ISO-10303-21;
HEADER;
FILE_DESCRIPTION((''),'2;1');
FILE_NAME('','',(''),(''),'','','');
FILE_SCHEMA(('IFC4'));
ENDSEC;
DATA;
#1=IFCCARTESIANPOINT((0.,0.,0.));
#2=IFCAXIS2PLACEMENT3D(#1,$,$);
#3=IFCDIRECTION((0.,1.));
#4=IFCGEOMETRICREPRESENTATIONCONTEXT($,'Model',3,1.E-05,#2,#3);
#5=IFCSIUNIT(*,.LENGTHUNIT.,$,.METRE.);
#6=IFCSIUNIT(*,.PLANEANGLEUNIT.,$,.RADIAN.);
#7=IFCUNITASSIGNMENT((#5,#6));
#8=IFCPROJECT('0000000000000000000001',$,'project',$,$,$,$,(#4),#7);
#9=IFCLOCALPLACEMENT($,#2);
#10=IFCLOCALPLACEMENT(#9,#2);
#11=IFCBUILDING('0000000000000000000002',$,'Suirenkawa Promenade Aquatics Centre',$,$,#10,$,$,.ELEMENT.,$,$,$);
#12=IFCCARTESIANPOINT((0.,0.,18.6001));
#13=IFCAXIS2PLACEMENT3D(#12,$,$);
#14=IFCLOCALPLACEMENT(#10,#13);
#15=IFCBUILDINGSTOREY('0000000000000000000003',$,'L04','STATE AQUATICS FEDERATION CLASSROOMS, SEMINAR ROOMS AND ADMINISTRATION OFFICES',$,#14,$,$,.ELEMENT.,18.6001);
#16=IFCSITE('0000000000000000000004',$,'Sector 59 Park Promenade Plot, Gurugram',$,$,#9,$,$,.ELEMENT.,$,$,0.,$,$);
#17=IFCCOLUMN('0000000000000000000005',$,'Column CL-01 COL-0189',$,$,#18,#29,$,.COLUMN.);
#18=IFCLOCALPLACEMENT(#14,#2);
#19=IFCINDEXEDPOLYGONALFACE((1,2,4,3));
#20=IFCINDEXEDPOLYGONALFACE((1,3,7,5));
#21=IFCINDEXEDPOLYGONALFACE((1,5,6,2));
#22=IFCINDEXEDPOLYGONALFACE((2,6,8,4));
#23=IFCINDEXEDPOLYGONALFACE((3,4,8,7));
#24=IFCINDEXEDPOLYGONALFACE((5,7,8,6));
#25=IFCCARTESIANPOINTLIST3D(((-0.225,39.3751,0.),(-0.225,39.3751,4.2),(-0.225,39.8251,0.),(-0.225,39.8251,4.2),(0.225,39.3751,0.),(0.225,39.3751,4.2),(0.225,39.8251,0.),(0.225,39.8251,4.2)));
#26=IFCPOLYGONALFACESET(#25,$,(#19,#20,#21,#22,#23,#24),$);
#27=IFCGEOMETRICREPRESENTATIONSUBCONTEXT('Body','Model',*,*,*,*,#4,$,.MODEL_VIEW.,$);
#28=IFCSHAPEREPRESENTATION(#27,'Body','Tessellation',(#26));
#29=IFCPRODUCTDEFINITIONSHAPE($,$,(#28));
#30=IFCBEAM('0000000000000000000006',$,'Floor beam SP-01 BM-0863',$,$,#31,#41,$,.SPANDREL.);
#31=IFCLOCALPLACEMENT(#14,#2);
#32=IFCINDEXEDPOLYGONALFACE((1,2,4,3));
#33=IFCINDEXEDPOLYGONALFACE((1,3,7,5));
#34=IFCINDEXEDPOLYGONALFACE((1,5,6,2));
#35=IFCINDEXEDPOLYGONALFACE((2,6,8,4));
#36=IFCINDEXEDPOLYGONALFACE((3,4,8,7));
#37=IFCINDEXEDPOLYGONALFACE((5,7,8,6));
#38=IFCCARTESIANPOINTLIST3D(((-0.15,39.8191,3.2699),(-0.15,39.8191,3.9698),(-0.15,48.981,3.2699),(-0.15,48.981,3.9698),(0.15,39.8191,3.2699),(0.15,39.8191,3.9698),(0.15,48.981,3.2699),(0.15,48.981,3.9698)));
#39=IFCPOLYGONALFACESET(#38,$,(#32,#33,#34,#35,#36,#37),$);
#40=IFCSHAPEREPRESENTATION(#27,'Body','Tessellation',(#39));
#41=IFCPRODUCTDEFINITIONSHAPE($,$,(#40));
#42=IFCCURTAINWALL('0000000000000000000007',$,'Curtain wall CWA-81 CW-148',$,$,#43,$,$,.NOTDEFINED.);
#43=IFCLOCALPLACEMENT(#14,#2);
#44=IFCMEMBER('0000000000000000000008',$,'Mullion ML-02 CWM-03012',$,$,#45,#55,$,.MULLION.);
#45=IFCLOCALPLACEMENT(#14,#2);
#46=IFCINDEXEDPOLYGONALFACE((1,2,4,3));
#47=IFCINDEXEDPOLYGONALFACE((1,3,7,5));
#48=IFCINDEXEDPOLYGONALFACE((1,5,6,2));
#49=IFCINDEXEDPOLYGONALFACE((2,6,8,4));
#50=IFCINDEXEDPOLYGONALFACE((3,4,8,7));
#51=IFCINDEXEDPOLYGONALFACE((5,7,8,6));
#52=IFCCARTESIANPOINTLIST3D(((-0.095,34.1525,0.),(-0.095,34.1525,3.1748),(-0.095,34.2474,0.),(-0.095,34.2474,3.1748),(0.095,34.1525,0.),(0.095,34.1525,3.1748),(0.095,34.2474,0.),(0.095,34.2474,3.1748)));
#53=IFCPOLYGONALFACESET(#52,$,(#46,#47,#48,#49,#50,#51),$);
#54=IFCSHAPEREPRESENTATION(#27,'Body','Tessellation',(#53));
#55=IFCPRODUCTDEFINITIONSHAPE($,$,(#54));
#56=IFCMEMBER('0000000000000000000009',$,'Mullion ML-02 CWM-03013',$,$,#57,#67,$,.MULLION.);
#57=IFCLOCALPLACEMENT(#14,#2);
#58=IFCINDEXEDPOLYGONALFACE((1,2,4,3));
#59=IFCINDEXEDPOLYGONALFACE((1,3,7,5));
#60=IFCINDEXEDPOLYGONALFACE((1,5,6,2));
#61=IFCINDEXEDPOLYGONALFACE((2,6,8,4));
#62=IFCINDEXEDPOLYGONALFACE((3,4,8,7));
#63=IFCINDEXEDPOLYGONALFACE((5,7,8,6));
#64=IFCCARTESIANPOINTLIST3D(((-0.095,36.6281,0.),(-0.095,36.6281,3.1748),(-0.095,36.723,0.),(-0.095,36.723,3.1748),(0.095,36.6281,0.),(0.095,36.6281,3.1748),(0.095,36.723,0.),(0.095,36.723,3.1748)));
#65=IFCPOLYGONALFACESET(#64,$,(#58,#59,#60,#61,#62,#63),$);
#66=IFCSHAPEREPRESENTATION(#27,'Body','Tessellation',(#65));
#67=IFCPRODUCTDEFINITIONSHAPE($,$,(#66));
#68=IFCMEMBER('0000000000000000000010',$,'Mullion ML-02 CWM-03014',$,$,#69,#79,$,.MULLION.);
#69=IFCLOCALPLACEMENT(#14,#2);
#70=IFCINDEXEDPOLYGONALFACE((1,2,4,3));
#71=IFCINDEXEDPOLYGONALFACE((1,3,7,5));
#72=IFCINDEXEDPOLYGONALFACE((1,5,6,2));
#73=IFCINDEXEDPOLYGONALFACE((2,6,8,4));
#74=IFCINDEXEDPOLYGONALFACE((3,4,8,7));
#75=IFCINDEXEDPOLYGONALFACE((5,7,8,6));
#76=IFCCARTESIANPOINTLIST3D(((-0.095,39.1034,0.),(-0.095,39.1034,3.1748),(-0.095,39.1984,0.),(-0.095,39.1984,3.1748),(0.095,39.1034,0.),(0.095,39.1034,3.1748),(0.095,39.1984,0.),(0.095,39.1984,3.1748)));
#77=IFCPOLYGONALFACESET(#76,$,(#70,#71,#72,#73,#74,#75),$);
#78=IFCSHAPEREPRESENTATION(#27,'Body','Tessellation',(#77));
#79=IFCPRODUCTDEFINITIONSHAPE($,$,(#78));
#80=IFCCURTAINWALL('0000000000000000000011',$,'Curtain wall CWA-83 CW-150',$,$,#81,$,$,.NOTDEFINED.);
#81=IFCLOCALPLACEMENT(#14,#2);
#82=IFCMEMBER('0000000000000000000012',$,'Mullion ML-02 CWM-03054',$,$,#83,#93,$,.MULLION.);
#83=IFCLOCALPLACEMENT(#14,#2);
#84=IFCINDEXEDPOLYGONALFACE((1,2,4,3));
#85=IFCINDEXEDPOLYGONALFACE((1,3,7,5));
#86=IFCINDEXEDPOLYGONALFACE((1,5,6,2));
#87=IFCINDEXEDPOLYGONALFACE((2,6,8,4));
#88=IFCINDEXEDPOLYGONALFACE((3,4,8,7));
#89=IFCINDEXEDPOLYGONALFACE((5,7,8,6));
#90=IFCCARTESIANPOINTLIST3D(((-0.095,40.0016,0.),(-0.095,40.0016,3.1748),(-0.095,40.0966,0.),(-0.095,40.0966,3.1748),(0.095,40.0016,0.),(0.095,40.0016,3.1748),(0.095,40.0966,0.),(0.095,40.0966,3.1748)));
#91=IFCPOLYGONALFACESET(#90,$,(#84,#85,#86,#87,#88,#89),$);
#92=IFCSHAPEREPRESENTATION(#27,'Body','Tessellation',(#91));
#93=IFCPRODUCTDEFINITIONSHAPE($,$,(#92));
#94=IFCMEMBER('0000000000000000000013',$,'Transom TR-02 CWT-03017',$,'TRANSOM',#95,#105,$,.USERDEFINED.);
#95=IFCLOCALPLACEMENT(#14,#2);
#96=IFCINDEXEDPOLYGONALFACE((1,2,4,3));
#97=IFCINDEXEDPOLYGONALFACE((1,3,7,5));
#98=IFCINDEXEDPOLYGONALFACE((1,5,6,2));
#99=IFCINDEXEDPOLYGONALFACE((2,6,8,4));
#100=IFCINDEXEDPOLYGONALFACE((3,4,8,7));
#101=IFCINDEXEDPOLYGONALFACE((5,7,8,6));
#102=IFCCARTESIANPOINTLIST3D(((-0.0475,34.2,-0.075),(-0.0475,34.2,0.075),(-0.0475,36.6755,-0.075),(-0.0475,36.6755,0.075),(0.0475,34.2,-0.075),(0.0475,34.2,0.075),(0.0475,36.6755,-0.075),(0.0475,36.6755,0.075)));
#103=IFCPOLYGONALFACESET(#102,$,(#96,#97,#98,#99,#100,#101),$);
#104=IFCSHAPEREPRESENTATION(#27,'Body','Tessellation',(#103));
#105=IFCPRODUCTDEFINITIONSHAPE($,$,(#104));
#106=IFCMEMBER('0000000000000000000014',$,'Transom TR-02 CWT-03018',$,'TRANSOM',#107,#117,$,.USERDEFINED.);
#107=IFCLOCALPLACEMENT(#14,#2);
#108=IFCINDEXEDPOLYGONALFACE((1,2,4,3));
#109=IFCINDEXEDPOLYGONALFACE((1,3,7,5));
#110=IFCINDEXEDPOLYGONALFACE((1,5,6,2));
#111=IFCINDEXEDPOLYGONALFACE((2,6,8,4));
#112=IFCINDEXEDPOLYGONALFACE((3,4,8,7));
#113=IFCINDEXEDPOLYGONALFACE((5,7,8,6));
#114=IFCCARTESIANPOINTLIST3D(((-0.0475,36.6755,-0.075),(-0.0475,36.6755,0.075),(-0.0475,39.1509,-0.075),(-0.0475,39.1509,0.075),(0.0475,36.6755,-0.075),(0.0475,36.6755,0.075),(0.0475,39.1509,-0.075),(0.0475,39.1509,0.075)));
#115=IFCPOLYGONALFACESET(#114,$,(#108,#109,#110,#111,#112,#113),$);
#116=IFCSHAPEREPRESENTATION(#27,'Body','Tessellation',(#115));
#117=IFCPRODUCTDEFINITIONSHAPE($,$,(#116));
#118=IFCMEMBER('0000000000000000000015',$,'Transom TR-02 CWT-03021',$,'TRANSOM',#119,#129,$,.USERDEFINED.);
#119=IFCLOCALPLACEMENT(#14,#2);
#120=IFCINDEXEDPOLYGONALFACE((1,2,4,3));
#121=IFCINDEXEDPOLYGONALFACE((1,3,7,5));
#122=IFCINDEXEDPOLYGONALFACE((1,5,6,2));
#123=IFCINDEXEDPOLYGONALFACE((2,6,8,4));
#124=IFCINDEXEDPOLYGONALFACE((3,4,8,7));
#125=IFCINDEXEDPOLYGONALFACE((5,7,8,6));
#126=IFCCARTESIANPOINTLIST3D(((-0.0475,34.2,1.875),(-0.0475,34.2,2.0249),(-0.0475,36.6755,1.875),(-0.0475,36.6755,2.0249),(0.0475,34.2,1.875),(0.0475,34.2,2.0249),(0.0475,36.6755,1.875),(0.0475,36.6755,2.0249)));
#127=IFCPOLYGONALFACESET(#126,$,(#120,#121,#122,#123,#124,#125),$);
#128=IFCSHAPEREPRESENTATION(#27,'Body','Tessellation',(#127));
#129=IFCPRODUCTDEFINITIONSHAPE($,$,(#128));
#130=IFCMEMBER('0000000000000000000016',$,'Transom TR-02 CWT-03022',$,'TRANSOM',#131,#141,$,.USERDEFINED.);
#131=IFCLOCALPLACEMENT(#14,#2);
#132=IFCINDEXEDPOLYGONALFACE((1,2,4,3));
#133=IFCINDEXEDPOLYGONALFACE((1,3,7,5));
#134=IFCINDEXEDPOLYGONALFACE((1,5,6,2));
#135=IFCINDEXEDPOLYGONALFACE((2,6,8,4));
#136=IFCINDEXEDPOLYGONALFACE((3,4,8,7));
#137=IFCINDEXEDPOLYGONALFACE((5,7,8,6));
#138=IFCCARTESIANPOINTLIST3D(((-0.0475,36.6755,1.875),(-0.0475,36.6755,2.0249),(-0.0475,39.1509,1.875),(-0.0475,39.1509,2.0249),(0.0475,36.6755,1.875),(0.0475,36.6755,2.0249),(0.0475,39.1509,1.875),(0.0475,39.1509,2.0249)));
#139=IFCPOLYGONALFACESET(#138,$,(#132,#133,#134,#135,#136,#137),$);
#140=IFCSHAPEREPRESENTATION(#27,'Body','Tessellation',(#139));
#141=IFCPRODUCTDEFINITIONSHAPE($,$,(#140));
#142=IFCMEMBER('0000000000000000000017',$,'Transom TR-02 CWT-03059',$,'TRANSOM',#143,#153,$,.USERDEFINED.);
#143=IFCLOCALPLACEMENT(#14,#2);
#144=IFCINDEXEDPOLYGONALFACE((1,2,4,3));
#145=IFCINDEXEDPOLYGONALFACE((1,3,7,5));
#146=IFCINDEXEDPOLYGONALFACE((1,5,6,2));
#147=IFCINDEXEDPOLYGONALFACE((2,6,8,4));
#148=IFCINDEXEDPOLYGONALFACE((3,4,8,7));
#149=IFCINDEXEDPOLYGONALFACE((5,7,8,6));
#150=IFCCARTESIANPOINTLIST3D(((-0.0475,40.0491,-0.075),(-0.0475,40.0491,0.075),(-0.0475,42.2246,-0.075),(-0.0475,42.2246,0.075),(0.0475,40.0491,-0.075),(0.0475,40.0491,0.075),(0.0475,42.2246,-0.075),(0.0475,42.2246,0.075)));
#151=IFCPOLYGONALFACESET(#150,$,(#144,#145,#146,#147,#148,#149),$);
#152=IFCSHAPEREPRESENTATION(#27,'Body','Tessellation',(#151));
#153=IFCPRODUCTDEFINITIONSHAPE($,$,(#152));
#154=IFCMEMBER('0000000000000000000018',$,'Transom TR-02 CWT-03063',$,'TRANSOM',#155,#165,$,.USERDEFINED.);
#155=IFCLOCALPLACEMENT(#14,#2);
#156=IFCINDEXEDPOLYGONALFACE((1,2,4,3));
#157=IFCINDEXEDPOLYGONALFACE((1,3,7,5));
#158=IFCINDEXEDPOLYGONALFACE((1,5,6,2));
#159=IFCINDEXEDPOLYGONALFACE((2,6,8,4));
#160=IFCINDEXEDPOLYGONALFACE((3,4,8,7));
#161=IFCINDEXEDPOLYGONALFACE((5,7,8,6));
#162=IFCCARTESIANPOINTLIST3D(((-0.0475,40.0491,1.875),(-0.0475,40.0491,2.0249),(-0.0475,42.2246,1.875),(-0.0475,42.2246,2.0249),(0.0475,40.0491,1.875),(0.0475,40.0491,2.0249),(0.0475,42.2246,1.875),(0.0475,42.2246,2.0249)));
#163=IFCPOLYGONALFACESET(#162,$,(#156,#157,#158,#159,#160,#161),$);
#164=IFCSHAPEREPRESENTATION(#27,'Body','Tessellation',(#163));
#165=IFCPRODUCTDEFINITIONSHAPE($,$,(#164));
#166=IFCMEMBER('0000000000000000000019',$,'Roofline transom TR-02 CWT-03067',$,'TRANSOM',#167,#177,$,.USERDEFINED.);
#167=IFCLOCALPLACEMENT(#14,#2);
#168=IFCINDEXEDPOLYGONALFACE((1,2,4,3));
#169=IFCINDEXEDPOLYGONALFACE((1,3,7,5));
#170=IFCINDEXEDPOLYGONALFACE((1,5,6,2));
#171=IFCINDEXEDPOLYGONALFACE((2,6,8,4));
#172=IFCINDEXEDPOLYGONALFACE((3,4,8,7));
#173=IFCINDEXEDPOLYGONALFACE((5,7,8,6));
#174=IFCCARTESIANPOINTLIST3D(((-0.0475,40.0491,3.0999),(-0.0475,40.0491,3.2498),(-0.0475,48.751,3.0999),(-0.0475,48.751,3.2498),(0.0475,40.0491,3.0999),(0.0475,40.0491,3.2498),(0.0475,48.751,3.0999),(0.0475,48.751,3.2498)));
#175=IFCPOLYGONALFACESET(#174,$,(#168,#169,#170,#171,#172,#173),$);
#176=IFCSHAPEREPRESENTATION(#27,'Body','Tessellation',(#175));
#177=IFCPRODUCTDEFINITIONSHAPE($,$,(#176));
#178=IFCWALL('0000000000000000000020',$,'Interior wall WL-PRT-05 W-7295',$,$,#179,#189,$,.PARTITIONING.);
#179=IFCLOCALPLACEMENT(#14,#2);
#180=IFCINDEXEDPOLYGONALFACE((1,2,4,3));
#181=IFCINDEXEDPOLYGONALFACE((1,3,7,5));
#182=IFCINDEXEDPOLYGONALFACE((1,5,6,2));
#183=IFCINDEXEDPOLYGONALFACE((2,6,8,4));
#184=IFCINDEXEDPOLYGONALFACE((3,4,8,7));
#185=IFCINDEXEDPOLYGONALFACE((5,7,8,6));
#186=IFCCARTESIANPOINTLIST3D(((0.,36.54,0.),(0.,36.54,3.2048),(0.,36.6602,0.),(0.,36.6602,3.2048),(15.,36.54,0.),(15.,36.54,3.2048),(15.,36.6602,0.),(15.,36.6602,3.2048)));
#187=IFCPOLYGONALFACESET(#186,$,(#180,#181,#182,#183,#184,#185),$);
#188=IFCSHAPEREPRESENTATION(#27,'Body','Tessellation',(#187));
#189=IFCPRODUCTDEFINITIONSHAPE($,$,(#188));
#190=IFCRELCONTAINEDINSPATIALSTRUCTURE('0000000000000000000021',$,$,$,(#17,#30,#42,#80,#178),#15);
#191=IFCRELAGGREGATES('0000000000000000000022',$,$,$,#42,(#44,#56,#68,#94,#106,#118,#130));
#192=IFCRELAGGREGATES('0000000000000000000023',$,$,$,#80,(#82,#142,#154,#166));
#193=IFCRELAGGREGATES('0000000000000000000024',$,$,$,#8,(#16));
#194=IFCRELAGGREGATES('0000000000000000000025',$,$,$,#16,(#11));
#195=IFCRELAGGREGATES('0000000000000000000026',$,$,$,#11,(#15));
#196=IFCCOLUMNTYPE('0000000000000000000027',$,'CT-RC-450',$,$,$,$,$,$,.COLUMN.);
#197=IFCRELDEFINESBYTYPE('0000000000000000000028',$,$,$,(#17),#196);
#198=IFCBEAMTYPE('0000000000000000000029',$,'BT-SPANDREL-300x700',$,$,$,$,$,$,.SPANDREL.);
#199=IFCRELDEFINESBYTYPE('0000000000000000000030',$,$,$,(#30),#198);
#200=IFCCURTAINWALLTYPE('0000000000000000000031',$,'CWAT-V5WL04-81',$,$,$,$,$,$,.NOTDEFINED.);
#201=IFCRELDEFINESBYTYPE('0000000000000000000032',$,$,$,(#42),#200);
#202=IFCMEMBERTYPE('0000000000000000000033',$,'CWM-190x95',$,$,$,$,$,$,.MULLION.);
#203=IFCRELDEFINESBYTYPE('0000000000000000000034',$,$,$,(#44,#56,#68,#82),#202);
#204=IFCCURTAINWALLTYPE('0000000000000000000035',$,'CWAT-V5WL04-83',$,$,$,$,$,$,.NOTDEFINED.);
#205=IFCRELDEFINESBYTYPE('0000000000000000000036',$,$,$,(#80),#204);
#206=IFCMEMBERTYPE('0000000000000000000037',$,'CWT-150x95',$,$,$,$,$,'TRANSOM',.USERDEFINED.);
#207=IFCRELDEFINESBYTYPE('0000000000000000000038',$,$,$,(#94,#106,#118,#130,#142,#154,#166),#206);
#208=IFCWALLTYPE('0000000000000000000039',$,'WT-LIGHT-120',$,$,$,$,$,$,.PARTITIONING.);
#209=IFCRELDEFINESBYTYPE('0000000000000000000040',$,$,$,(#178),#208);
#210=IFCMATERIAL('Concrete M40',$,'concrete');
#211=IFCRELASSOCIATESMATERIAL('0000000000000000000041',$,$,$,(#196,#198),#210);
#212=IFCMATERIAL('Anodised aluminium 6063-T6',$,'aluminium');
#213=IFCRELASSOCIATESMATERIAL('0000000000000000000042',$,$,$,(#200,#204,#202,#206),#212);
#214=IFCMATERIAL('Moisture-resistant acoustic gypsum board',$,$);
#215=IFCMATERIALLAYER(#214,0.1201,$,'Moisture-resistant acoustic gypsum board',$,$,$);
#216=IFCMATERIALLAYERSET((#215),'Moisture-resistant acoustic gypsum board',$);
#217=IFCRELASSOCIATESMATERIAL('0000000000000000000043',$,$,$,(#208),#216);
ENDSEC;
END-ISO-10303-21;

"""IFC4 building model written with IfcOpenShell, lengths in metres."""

from ifc_helpers import new_model, si_unit, direction, frame, frame_2d, origin, origin_2d, place, context, subcontext, project, spatial, rectangle, extrude, material, layer, layer_set, material_profile, profile_set, type_object, element, aggregate, save


model = new_model("IFC4")

# Units and contexts
model_context = context("Model", 3, precision=1e-05, world=origin(), true_north=direction((0.0, 1.0)))
body_context = subcontext(model_context, "Body", "Model", "MODEL_VIEW")
ifc_project = project(units=[si_unit("LENGTHUNIT", "METRE"), si_unit("PLANEANGLEUNIT", "RADIAN")], contexts=[model_context])

# Site, building, storey
site_placement = place(None, origin())
site = spatial("IfcSite", under=ifc_project, at=site_placement, Name="Sector 59 Park Promenade Plot, Gurugram", CompositionType="ELEMENT", RefElevation=0.0)
building_placement = place(site_placement, origin())
building = spatial("IfcBuilding", under=site, at=building_placement, Name="Suirenkawa Promenade Aquatics Centre", CompositionType="ELEMENT")
storey_placement = place(building_placement, frame((0.0, 0.0, 18.6001)))
storey = spatial("IfcBuildingStorey", under=building, at=storey_placement, Name="L04", Description="STATE AQUATICS FEDERATION CLASSROOMS, SEMINAR ROOMS AND ADMINISTRATION OFFICES", CompositionType="ELEMENT", Elevation=18.6001)

# Column
ifc_material_1 = material(Name="Concrete M40", Category="concrete")
ifc_material_profile_1 = material_profile(ifc_material_1, rectangle(XDim=0.45, YDim=0.45, at=origin_2d()), Name="RC COL 450x450", Category="concrete")
ifc_profile_set_1 = profile_set([ifc_material_profile_1], Name="Concrete M40")
column_type = type_object("IfcColumnType", Name="CT-RC-450", PredefinedType="COLUMN", material=ifc_profile_set_1)
column_placement = place(storey_placement, frame((0.0, 39.6001, 0.0), z_axis=(0.0, 0.0, 1.0), x_axis=(1.0, 0.0, 0.0)))
element("IfcColumn", 1, at=column_placement, inside=storey, type_object=column_type, Name="Column CL-01 COL-0189", PredefinedType="COLUMN", context=body_context, shape_type="SweptSolid", body=[
    extrude(rectangle(XDim=0.45, YDim=0.45, at=origin_2d()), origin(), (0.0, 0.0, 1.0), 4.2),
])

# Beam
ifc_material_profile_2 = material_profile(ifc_material_1, rectangle(XDim=0.3, YDim=0.7, at=origin_2d()), Name="RC SPANDREL 300x700", Category="concrete")
ifc_profile_set_2 = profile_set([ifc_material_profile_2], Name="Concrete M40")
beam_type = type_object("IfcBeamType", Name="BT-SPANDREL-300x700", PredefinedType="SPANDREL", material=ifc_profile_set_2)
beam_placement = place(storey_placement, frame((0.0, 39.8191, 3.6199), z_axis=(0.0, 1.0, 0.0), x_axis=(-1.0, 0.0, 0.0)))
element("IfcBeam", 2, at=beam_placement, inside=storey, type_object=beam_type, Name="Floor beam SP-01 BM-0863", PredefinedType="SPANDREL", context=body_context, shape_type="SweptSolid", body=[
    extrude(rectangle(XDim=0.3, YDim=0.7, at=origin_2d()), origin(), (0.0, 0.0, 1.0), 9.1619),
])

# Curtain wall, members
ifc_material_2 = material(Name="Anodised aluminium 6063-T6", Category="aluminium")
curtain_wall_type_1 = type_object("IfcCurtainWallType", Name="CWAT-V5WL04-81", PredefinedType="NOTDEFINED", material=ifc_material_2)
curtain_wall_1_placement = place(storey_placement, origin())
curtain_wall_1 = element("IfcCurtainWall", 3, at=curtain_wall_1_placement, inside=storey, type_object=curtain_wall_type_1, Name="Curtain wall CWA-81 CW-148", PredefinedType="NOTDEFINED")
ifc_material_profile_3 = material_profile(ifc_material_2, rectangle(XDim=0.095, YDim=0.1899, at=origin_2d()), Name="ALU MULL 95x190", Category="aluminium")
ifc_profile_set_3 = profile_set([ifc_material_profile_3], Name="Anodised aluminium 6063-T6")
member_type_1 = type_object("IfcMemberType", Name="CWM-190x95", PredefinedType="MULLION", material=ifc_profile_set_3)
member_1_placement = place(storey_placement, frame((0.0, 34.2, 0.0), z_axis=(0.0, 0.0, 1.0), x_axis=(0.0, 1.0, 0.0)))
member_1 = element("IfcMember", 4, at=member_1_placement, type_object=member_type_1, Name="Mullion ML-02 CWM-03012", PredefinedType="MULLION", context=body_context, shape_type="SweptSolid", body=[
    extrude(rectangle(XDim=0.095, YDim=0.1899, at=origin_2d()), origin(), (0.0, 0.0, 1.0), 3.1748),
])
member_2_placement = place(storey_placement, frame((0.0, 36.6755, 0.0), z_axis=(0.0, 0.0, 1.0), x_axis=(0.0, 1.0, 0.0)))
member_2 = element("IfcMember", 5, at=member_2_placement, type_object=member_type_1, Name="Mullion ML-02 CWM-03013", PredefinedType="MULLION", context=body_context, shape_type="SweptSolid", body=[
    extrude(rectangle(XDim=0.095, YDim=0.1899, at=origin_2d()), origin(), (0.0, 0.0, 1.0), 3.1748),
])
member_3_placement = place(storey_placement, frame((0.0, 39.1509, 0.0), z_axis=(0.0, 0.0, 1.0), x_axis=(0.0, 1.0, 0.0)))
member_3 = element("IfcMember", 6, at=member_3_placement, type_object=member_type_1, Name="Mullion ML-02 CWM-03014", PredefinedType="MULLION", context=body_context, shape_type="SweptSolid", body=[
    extrude(rectangle(XDim=0.095, YDim=0.1899, at=origin_2d()), origin(), (0.0, 0.0, 1.0), 3.1748),
])

# Curtain wall, member
curtain_wall_type_2 = type_object("IfcCurtainWallType", Name="CWAT-V5WL04-83", PredefinedType="NOTDEFINED", material=ifc_material_2)
curtain_wall_2_placement = place(storey_placement, origin())
curtain_wall_2 = element("IfcCurtainWall", 7, at=curtain_wall_2_placement, inside=storey, type_object=curtain_wall_type_2, Name="Curtain wall CWA-83 CW-150", PredefinedType="NOTDEFINED")
member_4_placement = place(storey_placement, frame((0.0, 40.0491, 0.0), z_axis=(0.0, 0.0, 1.0), x_axis=(0.0, 1.0, 0.0)))
member_4 = element("IfcMember", 8, at=member_4_placement, type_object=member_type_1, Name="Mullion ML-02 CWM-03054", PredefinedType="MULLION", context=body_context, shape_type="SweptSolid", body=[
    extrude(rectangle(XDim=0.095, YDim=0.1899, at=origin_2d()), origin(), (0.0, 0.0, 1.0), 3.1748),
])

# Members
ifc_material_profile_4 = material_profile(ifc_material_2, rectangle(XDim=0.095, YDim=0.1499, at=origin_2d()), Name="ALU TRAN 95x150", Category="aluminium")
ifc_profile_set_4 = profile_set([ifc_material_profile_4], Name="Anodised aluminium 6063-T6")
member_type_2 = type_object("IfcMemberType", Name="CWT-150x95", ElementType="TRANSOM", PredefinedType="USERDEFINED", material=ifc_profile_set_4)
member_5_placement = place(storey_placement, frame((0.0, 34.2, 0.0), z_axis=(0.0, 1.0, 0.0), x_axis=(-1.0, 0.0, 0.0)))
member_5 = element("IfcMember", 9, at=member_5_placement, type_object=member_type_2, Name="Transom TR-02 CWT-03017", ObjectType="TRANSOM", PredefinedType="USERDEFINED", context=body_context, shape_type="SweptSolid", body=[
    extrude(rectangle(XDim=0.095, YDim=0.1499, at=origin_2d()), origin(), (0.0, 0.0, 1.0), 2.4756),
])
member_6_placement = place(storey_placement, frame((0.0, 36.6755, 0.0), z_axis=(0.0, 1.0, 0.0), x_axis=(-1.0, 0.0, 0.0)))
member_6 = element("IfcMember", 10, at=member_6_placement, type_object=member_type_2, Name="Transom TR-02 CWT-03018", ObjectType="TRANSOM", PredefinedType="USERDEFINED", context=body_context, shape_type="SweptSolid", body=[
    extrude(rectangle(XDim=0.095, YDim=0.1499, at=origin_2d()), origin(), (0.0, 0.0, 1.0), 2.4753),
])
member_7_placement = place(storey_placement, frame((0.0, 34.2, 1.95), z_axis=(0.0, 1.0, 0.0), x_axis=(-1.0, 0.0, 0.0)))
member_7 = element("IfcMember", 11, at=member_7_placement, type_object=member_type_2, Name="Transom TR-02 CWT-03021", ObjectType="TRANSOM", PredefinedType="USERDEFINED", context=body_context, shape_type="SweptSolid", body=[
    extrude(rectangle(XDim=0.095, YDim=0.1499, at=origin_2d()), origin(), (0.0, 0.0, 1.0), 2.4756),
])
member_8_placement = place(storey_placement, frame((0.0, 36.6755, 1.95), z_axis=(0.0, 1.0, 0.0), x_axis=(-1.0, 0.0, 0.0)))
member_8 = element("IfcMember", 12, at=member_8_placement, type_object=member_type_2, Name="Transom TR-02 CWT-03022", ObjectType="TRANSOM", PredefinedType="USERDEFINED", context=body_context, shape_type="SweptSolid", body=[
    extrude(rectangle(XDim=0.095, YDim=0.1499, at=origin_2d()), origin(), (0.0, 0.0, 1.0), 2.4753),
])
member_9_placement = place(storey_placement, frame((0.0, 40.0491, 0.0), z_axis=(0.0, 1.0, 0.0), x_axis=(-1.0, 0.0, 0.0)))
member_9 = element("IfcMember", 13, at=member_9_placement, type_object=member_type_2, Name="Transom TR-02 CWT-03059", ObjectType="TRANSOM", PredefinedType="USERDEFINED", context=body_context, shape_type="SweptSolid", body=[
    extrude(rectangle(XDim=0.095, YDim=0.1499, at=origin_2d()), origin(), (0.0, 0.0, 1.0), 2.1755),
])
member_10_placement = place(storey_placement, frame((0.0, 40.0491, 1.95), z_axis=(0.0, 1.0, 0.0), x_axis=(-1.0, 0.0, 0.0)))
member_10 = element("IfcMember", 14, at=member_10_placement, type_object=member_type_2, Name="Transom TR-02 CWT-03063", ObjectType="TRANSOM", PredefinedType="USERDEFINED", context=body_context, shape_type="SweptSolid", body=[
    extrude(rectangle(XDim=0.095, YDim=0.1499, at=origin_2d()), origin(), (0.0, 0.0, 1.0), 2.1755),
])
member_11_placement = place(storey_placement, frame((0.0, 40.0491, 3.1748), z_axis=(0.0, 1.0, 0.0), x_axis=(-1.0, 0.0, 0.0)))
member_11 = element("IfcMember", 15, at=member_11_placement, type_object=member_type_2, Name="Roofline transom TR-02 CWT-03067", ObjectType="TRANSOM", PredefinedType="USERDEFINED", context=body_context, shape_type="SweptSolid", body=[
    extrude(rectangle(XDim=0.095, YDim=0.1499, at=origin_2d()), origin(), (0.0, 0.0, 1.0), 8.7019),
])

aggregate(curtain_wall_1, [member_1, member_2, member_3, member_5, member_6, member_7, member_8])
aggregate(curtain_wall_2, [member_4, member_9, member_10, member_11])

# Wall
ifc_material_3 = material(Name="Moisture-resistant acoustic gypsum board")
ifc_layer_1 = layer(ifc_material_3, 0.1201, Name="Moisture-resistant acoustic gypsum board")
ifc_layer_set_1 = layer_set([ifc_layer_1], Name="Moisture-resistant acoustic gypsum board")
wall_type = type_object("IfcWallType", Name="WT-LIGHT-120", PredefinedType="PARTITIONING", material=ifc_layer_set_1)
wall_placement = place(storey_placement, frame((0.0, 36.6001, 0.0), z_axis=(0.0, 0.0, 1.0), x_axis=(1.0, 0.0, 0.0)))
element("IfcWall", 16, at=wall_placement, inside=storey, type_object=wall_type, Name="Interior wall WL-PRT-05 W-7295", PredefinedType="PARTITIONING", context=body_context, shape_type="SweptSolid", body=[
    extrude(rectangle(XDim=15.0, YDim=0.1201, at=frame_2d((7.5, 0.0))), origin(), (0.0, 0.0, 1.0), 3.2048),
])

save(model, "model.ifc")
